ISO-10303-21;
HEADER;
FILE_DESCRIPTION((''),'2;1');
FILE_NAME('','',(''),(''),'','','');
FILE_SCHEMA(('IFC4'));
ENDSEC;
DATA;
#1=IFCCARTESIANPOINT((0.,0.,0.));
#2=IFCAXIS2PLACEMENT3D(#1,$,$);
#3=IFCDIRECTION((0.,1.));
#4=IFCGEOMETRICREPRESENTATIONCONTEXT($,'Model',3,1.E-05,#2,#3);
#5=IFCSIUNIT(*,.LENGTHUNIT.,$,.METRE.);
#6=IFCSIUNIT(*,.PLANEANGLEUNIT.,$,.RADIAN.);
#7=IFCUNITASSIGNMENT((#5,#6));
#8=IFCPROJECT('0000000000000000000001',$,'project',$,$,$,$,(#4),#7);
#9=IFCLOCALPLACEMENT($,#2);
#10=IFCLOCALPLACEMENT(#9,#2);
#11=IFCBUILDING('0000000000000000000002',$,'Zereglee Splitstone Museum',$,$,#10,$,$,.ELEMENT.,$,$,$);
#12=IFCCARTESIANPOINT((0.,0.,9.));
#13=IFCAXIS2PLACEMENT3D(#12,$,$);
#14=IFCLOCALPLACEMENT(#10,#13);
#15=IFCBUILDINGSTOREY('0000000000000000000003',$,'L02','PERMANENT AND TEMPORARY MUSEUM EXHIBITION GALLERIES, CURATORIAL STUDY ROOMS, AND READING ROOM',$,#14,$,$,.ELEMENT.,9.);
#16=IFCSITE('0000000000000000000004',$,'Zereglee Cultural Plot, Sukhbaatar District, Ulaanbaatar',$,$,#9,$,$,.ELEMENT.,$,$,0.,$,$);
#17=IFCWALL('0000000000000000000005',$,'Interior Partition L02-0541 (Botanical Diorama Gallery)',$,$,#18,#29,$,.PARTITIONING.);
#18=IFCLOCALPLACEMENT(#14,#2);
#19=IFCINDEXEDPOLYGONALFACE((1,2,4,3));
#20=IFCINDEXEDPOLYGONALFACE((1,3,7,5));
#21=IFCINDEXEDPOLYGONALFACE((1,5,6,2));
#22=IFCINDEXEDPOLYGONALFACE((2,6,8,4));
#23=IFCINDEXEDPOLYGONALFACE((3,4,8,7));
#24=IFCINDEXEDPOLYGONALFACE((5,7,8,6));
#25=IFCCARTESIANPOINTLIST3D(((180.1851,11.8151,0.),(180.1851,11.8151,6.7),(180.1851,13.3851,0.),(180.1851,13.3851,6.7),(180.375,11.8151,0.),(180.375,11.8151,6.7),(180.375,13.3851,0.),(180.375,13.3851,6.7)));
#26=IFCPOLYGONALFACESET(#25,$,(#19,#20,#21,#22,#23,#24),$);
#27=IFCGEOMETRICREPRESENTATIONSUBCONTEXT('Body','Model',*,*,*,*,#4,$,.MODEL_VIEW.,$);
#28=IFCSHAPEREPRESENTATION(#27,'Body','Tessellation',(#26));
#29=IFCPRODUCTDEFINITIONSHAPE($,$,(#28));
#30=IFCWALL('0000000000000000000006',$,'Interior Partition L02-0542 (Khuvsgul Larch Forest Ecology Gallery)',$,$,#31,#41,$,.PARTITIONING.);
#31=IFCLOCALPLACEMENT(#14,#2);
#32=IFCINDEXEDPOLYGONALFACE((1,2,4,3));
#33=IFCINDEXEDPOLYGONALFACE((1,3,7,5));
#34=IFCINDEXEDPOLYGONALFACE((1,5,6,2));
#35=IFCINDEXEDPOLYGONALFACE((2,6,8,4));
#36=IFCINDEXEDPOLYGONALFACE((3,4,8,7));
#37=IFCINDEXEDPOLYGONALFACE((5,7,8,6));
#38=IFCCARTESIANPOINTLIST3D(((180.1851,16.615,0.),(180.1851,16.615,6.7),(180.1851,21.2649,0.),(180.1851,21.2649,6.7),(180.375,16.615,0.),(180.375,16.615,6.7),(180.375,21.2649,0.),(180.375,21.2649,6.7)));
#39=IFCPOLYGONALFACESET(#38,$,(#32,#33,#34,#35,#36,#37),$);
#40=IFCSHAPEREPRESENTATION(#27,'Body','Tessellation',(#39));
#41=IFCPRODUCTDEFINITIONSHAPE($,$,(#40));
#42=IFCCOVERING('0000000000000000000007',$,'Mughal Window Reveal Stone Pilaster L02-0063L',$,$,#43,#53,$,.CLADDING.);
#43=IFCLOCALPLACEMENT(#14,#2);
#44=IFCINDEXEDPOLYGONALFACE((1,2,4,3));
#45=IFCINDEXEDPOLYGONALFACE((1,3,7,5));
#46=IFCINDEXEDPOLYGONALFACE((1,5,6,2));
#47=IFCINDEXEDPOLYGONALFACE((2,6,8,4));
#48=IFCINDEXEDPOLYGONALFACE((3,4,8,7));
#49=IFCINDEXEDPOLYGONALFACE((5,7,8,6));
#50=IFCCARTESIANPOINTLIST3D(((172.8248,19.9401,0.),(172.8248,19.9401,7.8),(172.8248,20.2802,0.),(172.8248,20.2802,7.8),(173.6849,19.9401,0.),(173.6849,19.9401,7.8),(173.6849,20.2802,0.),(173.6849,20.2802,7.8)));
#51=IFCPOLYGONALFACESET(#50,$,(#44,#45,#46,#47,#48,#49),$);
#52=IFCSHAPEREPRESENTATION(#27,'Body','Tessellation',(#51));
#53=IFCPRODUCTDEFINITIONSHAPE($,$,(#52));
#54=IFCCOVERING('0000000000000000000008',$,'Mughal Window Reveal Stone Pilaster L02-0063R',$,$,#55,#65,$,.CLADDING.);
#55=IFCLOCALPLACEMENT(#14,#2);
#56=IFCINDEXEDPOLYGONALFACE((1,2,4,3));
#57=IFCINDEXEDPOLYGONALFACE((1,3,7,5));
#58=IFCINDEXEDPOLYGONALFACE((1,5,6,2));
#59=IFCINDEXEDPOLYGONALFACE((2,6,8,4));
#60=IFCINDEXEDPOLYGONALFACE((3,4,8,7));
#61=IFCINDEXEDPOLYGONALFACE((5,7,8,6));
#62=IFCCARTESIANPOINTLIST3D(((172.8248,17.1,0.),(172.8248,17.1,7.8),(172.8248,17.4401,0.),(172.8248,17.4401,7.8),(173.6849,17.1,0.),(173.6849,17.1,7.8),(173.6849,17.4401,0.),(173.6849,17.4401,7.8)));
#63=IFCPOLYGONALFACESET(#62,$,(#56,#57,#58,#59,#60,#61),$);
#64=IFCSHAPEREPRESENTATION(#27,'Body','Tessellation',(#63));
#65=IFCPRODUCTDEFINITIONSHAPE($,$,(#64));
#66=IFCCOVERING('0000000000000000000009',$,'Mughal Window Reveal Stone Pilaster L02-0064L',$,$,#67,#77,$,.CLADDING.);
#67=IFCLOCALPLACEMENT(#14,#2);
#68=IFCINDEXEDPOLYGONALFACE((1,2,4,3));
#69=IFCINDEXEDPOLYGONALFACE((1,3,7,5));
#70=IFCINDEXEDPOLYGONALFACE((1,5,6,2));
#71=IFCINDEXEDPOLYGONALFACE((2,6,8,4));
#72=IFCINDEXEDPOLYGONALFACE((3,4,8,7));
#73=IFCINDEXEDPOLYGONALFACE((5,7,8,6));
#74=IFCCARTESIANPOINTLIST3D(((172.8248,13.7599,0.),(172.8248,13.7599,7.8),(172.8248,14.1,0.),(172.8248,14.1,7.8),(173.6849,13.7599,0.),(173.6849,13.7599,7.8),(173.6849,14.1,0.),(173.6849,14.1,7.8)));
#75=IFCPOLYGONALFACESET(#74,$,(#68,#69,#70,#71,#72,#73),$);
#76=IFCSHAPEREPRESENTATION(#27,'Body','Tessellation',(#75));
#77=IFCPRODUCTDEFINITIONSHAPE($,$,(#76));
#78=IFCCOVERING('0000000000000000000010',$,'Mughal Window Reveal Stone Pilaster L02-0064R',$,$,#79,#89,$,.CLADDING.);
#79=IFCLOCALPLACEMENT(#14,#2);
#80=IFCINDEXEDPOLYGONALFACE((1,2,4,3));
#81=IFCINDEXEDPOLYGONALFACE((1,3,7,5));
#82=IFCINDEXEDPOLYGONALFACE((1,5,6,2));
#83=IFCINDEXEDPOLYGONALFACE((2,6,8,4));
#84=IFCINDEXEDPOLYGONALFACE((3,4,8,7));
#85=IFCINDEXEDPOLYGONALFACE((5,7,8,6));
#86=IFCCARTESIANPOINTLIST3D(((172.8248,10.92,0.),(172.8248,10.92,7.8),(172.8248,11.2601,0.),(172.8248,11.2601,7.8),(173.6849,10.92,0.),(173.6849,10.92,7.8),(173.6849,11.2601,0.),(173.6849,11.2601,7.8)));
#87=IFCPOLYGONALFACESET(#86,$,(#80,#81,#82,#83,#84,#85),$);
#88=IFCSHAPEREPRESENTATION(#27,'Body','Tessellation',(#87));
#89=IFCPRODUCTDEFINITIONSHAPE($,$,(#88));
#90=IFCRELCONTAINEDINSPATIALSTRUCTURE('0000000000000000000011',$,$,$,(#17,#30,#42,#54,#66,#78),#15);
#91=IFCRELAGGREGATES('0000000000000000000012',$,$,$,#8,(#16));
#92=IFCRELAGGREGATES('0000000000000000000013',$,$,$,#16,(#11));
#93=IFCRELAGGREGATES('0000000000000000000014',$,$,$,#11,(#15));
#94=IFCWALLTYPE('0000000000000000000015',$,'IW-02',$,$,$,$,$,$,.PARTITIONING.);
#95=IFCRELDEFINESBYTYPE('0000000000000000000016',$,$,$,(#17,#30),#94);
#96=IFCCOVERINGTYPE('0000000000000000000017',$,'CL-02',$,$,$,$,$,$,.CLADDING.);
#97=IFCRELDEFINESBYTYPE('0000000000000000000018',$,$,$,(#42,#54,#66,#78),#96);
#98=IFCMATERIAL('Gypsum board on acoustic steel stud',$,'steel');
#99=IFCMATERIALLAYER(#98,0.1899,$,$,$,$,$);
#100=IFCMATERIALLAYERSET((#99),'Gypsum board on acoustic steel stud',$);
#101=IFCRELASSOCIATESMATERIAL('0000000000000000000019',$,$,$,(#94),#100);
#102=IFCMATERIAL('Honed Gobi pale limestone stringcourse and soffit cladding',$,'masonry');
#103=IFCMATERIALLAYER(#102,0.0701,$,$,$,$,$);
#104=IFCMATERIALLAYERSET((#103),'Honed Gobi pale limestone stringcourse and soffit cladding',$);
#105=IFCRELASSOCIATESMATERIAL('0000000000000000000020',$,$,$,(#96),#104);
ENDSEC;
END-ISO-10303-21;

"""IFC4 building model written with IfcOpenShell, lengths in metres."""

from ifc_helpers import new_model, si_unit, direction, frame, frame_2d, origin, origin_2d, place, context, subcontext, project, spatial, rectangle, extrude, material, layer, layer_set, type_object, element, save


model = new_model("IFC4")

# Units and contexts
model_context = context("Model", 3, precision=1e-05, world=origin(), true_north=direction((0.0, 1.0)))
body_context = subcontext(model_context, "Body", "Model", "MODEL_VIEW")
ifc_project = project(units=[si_unit("LENGTHUNIT", "METRE"), si_unit("PLANEANGLEUNIT", "RADIAN")], contexts=[model_context])

# Site, building, storey
site_placement = place(None, origin())
site = spatial("IfcSite", under=ifc_project, at=site_placement, Name="Zereglee Cultural Plot, Sukhbaatar District, Ulaanbaatar", CompositionType="ELEMENT", RefElevation=0.0)
building_placement = place(site_placement, origin())
building = spatial("IfcBuilding", under=site, at=building_placement, Name="Zereglee Splitstone Museum", CompositionType="ELEMENT")
storey_placement = place(building_placement, frame((0.0, 0.0, 9.0)))
storey = spatial("IfcBuildingStorey", under=building, at=storey_placement, Name="L02", Description="PERMANENT AND TEMPORARY MUSEUM EXHIBITION GALLERIES, CURATORIAL STUDY ROOMS, AND READING ROOM", CompositionType="ELEMENT", Elevation=9.0)

# Shared definitions
ifc_material_1 = material(Name="Gypsum board on acoustic steel stud", Category="steel")
ifc_layer_1 = layer(ifc_material_1, 0.1899)
ifc_layer_set_1 = layer_set([ifc_layer_1], Name="Gypsum board on acoustic steel stud")
wall_type_1 = type_object("IfcWallType", Name="IW-02", PredefinedType="PARTITIONING", material=ifc_layer_set_1)

# Walls
wall_1_placement = place(storey_placement, frame((180.28, 11.8149, 0.0), z_axis=(0.0, 0.0, 1.0), x_axis=(0.0, 1.0, 0.0)))
element("IfcWall", 1, at=wall_1_placement, inside=storey, type_object=wall_type_1, Name="Interior Partition L02-0541 (Botanical Diorama Gallery)", PredefinedType="PARTITIONING", context=body_context, shape_type="SweptSolid", body=[
    extrude(rectangle(XDim=1.5701, YDim=0.1899, at=frame_2d((0.7852, 0.0))), origin(), (0.0, 0.0, 1.0), 6.7),
])
wall_2_placement = place(storey_placement, frame((180.28, 16.615, 0.0), z_axis=(0.0, 0.0, 1.0), x_axis=(0.0, 1.0, 0.0)))
element("IfcWall", 2, at=wall_2_placement, inside=storey, type_object=wall_type_1, Name="Interior Partition L02-0542 (Khuvsgul Larch Forest Ecology Gallery)", PredefinedType="PARTITIONING", context=body_context, shape_type="SweptSolid", body=[
    extrude(rectangle(XDim=4.6499, YDim=0.1899, at=frame_2d((2.325, 0.0))), origin(), (0.0, 0.0, 1.0), 6.7),
])

# Coverings
ifc_material_2 = material(Name="Honed Gobi pale limestone stringcourse and soffit cladding", Category="masonry")
ifc_layer_2 = layer(ifc_material_2, 0.0701)
ifc_layer_set_2 = layer_set([ifc_layer_2], Name="Honed Gobi pale limestone stringcourse and soffit cladding")
covering_type = type_object("IfcCoveringType", Name="CL-02", PredefinedType="CLADDING", material=ifc_layer_set_2)
for number, where, z_axis, x_axis, name in (
    (3, (173.2549, 20.1101, 0.0), (0.0, 0.0, 1.0), (0.0, -1.0, 0.0), "Mughal Window Reveal Stone Pilaster L02-0063L"),
    (4, (173.2549, 17.27, 0.0), (0.0, 0.0, 1.0), (0.0, -1.0, 0.0), "Mughal Window Reveal Stone Pilaster L02-0063R"),
    (5, (173.2549, 13.9299, 0.0), (0.0, 0.0, 1.0), (0.0, -1.0, 0.0), "Mughal Window Reveal Stone Pilaster L02-0064L"),
    (6, (173.2549, 11.0901, 0.0), (0.0, 0.0, 1.0), (0.0, -1.0, 0.0), "Mughal Window Reveal Stone Pilaster L02-0064R"),
):
    element("IfcCovering", number, at=place(storey_placement, frame(where, z_axis=z_axis, x_axis=x_axis)), inside=storey, type_object=covering_type, Name=name, PredefinedType="CLADDING", context=body_context, shape_type="SweptSolid", body=[
        extrude(rectangle(XDim=0.3401, YDim=0.8601, at=origin_2d()), origin(), (0.0, 0.0, 1.0), 7.8),
    ])

save(model, "model.ifc")
